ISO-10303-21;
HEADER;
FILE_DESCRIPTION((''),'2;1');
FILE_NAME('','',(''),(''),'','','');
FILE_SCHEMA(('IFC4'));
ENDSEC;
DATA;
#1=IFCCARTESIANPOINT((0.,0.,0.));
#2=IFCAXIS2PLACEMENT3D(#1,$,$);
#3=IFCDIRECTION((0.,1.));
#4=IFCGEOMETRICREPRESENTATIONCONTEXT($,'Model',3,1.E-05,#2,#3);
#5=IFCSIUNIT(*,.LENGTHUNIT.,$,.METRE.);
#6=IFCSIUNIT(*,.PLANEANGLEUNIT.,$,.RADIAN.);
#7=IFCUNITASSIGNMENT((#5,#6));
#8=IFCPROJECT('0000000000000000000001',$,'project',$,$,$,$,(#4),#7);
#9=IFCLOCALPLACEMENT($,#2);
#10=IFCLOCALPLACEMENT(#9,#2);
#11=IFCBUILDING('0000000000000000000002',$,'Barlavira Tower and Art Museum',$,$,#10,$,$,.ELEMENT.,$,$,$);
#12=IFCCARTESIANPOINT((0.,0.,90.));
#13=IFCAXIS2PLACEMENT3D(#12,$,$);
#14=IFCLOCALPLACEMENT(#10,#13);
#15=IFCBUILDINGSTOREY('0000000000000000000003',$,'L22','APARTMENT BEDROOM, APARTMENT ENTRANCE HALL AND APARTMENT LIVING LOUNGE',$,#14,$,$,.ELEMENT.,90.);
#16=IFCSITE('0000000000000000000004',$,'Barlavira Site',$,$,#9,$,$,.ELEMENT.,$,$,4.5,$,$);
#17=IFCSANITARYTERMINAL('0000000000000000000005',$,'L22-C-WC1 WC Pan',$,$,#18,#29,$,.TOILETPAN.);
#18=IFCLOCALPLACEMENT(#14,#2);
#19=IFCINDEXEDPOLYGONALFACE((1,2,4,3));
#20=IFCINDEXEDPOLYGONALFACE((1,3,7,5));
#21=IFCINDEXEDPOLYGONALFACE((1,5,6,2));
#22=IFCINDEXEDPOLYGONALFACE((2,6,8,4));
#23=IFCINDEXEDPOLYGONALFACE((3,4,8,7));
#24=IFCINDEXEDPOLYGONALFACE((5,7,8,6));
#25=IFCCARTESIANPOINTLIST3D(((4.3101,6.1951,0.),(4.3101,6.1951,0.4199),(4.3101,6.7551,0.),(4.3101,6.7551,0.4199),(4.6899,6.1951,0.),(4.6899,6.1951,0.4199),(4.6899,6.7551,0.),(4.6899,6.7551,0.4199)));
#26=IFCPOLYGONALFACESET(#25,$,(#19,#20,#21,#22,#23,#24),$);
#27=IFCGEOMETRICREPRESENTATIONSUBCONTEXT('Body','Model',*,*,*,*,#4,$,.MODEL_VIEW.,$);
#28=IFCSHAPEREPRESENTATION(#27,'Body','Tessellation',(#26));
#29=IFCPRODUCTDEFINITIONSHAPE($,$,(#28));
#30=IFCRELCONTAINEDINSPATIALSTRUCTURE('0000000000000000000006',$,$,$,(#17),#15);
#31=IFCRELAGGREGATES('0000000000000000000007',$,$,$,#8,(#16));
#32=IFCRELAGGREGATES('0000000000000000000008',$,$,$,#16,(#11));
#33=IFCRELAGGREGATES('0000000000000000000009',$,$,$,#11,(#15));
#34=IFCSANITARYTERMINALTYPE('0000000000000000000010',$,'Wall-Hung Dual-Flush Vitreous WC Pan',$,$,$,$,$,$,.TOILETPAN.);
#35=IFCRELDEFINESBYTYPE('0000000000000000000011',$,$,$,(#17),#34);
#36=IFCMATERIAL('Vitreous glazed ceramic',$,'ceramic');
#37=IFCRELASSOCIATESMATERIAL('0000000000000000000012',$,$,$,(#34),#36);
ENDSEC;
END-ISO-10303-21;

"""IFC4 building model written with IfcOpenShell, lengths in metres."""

from ifc_helpers import new_model, si_unit, direction, frame, origin, origin_2d, place, context, subcontext, project, spatial, rectangle, extrude, material, type_object, element, save


model = new_model("IFC4")

# Units and contexts
model_context = context("Model", 3, precision=1e-05, world=origin(), true_north=direction((0.0, 1.0)))
body_context = subcontext(model_context, "Body", "Model", "MODEL_VIEW")
ifc_project = project(units=[si_unit("LENGTHUNIT", "METRE"), si_unit("PLANEANGLEUNIT", "RADIAN")], contexts=[model_context])

# Site, building, storey
site_placement = place(None, origin())
site = spatial("IfcSite", under=ifc_project, at=site_placement, Name="Barlavira Site", CompositionType="ELEMENT", RefElevation=4.5)
building_placement = place(site_placement, origin())
building = spatial("IfcBuilding", under=site, at=building_placement, Name="Barlavira Tower and Art Museum", CompositionType="ELEMENT")
storey_placement = place(building_placement, frame((0.0, 0.0, 90.0)))
storey = spatial("IfcBuildingStorey", under=building, at=storey_placement, Name="L22", Description="APARTMENT BEDROOM, APARTMENT ENTRANCE HALL AND APARTMENT LIVING LOUNGE", CompositionType="ELEMENT", Elevation=90.0)

# Sanitary terminal
ifc_material_1 = material(Name="Vitreous glazed ceramic", Category="ceramic")
sanitary_terminal_type_1 = type_object("IfcSanitaryTerminalType", Name="Wall-Hung Dual-Flush Vitreous WC Pan", PredefinedType="TOILETPAN", material=ifc_material_1)
sanitary_terminal_1_placement = place(storey_placement, frame((4.5, 6.4751, 0.0), z_axis=(0.0, 0.0, 1.0), x_axis=(1.0, 0.0, 0.0)))
element("IfcSanitaryTerminal", 1, at=sanitary_terminal_1_placement, inside=storey, type_object=sanitary_terminal_type_1, Name="L22-C-WC1 WC Pan", PredefinedType="TOILETPAN", context=body_context, shape_type="SweptSolid", body=[
    extrude(rectangle(XDim=0.3799, YDim=0.5601, at=origin_2d()), origin(), (0.0, 0.0, 1.0), 0.4199),
])

save(model, "model.ifc")
